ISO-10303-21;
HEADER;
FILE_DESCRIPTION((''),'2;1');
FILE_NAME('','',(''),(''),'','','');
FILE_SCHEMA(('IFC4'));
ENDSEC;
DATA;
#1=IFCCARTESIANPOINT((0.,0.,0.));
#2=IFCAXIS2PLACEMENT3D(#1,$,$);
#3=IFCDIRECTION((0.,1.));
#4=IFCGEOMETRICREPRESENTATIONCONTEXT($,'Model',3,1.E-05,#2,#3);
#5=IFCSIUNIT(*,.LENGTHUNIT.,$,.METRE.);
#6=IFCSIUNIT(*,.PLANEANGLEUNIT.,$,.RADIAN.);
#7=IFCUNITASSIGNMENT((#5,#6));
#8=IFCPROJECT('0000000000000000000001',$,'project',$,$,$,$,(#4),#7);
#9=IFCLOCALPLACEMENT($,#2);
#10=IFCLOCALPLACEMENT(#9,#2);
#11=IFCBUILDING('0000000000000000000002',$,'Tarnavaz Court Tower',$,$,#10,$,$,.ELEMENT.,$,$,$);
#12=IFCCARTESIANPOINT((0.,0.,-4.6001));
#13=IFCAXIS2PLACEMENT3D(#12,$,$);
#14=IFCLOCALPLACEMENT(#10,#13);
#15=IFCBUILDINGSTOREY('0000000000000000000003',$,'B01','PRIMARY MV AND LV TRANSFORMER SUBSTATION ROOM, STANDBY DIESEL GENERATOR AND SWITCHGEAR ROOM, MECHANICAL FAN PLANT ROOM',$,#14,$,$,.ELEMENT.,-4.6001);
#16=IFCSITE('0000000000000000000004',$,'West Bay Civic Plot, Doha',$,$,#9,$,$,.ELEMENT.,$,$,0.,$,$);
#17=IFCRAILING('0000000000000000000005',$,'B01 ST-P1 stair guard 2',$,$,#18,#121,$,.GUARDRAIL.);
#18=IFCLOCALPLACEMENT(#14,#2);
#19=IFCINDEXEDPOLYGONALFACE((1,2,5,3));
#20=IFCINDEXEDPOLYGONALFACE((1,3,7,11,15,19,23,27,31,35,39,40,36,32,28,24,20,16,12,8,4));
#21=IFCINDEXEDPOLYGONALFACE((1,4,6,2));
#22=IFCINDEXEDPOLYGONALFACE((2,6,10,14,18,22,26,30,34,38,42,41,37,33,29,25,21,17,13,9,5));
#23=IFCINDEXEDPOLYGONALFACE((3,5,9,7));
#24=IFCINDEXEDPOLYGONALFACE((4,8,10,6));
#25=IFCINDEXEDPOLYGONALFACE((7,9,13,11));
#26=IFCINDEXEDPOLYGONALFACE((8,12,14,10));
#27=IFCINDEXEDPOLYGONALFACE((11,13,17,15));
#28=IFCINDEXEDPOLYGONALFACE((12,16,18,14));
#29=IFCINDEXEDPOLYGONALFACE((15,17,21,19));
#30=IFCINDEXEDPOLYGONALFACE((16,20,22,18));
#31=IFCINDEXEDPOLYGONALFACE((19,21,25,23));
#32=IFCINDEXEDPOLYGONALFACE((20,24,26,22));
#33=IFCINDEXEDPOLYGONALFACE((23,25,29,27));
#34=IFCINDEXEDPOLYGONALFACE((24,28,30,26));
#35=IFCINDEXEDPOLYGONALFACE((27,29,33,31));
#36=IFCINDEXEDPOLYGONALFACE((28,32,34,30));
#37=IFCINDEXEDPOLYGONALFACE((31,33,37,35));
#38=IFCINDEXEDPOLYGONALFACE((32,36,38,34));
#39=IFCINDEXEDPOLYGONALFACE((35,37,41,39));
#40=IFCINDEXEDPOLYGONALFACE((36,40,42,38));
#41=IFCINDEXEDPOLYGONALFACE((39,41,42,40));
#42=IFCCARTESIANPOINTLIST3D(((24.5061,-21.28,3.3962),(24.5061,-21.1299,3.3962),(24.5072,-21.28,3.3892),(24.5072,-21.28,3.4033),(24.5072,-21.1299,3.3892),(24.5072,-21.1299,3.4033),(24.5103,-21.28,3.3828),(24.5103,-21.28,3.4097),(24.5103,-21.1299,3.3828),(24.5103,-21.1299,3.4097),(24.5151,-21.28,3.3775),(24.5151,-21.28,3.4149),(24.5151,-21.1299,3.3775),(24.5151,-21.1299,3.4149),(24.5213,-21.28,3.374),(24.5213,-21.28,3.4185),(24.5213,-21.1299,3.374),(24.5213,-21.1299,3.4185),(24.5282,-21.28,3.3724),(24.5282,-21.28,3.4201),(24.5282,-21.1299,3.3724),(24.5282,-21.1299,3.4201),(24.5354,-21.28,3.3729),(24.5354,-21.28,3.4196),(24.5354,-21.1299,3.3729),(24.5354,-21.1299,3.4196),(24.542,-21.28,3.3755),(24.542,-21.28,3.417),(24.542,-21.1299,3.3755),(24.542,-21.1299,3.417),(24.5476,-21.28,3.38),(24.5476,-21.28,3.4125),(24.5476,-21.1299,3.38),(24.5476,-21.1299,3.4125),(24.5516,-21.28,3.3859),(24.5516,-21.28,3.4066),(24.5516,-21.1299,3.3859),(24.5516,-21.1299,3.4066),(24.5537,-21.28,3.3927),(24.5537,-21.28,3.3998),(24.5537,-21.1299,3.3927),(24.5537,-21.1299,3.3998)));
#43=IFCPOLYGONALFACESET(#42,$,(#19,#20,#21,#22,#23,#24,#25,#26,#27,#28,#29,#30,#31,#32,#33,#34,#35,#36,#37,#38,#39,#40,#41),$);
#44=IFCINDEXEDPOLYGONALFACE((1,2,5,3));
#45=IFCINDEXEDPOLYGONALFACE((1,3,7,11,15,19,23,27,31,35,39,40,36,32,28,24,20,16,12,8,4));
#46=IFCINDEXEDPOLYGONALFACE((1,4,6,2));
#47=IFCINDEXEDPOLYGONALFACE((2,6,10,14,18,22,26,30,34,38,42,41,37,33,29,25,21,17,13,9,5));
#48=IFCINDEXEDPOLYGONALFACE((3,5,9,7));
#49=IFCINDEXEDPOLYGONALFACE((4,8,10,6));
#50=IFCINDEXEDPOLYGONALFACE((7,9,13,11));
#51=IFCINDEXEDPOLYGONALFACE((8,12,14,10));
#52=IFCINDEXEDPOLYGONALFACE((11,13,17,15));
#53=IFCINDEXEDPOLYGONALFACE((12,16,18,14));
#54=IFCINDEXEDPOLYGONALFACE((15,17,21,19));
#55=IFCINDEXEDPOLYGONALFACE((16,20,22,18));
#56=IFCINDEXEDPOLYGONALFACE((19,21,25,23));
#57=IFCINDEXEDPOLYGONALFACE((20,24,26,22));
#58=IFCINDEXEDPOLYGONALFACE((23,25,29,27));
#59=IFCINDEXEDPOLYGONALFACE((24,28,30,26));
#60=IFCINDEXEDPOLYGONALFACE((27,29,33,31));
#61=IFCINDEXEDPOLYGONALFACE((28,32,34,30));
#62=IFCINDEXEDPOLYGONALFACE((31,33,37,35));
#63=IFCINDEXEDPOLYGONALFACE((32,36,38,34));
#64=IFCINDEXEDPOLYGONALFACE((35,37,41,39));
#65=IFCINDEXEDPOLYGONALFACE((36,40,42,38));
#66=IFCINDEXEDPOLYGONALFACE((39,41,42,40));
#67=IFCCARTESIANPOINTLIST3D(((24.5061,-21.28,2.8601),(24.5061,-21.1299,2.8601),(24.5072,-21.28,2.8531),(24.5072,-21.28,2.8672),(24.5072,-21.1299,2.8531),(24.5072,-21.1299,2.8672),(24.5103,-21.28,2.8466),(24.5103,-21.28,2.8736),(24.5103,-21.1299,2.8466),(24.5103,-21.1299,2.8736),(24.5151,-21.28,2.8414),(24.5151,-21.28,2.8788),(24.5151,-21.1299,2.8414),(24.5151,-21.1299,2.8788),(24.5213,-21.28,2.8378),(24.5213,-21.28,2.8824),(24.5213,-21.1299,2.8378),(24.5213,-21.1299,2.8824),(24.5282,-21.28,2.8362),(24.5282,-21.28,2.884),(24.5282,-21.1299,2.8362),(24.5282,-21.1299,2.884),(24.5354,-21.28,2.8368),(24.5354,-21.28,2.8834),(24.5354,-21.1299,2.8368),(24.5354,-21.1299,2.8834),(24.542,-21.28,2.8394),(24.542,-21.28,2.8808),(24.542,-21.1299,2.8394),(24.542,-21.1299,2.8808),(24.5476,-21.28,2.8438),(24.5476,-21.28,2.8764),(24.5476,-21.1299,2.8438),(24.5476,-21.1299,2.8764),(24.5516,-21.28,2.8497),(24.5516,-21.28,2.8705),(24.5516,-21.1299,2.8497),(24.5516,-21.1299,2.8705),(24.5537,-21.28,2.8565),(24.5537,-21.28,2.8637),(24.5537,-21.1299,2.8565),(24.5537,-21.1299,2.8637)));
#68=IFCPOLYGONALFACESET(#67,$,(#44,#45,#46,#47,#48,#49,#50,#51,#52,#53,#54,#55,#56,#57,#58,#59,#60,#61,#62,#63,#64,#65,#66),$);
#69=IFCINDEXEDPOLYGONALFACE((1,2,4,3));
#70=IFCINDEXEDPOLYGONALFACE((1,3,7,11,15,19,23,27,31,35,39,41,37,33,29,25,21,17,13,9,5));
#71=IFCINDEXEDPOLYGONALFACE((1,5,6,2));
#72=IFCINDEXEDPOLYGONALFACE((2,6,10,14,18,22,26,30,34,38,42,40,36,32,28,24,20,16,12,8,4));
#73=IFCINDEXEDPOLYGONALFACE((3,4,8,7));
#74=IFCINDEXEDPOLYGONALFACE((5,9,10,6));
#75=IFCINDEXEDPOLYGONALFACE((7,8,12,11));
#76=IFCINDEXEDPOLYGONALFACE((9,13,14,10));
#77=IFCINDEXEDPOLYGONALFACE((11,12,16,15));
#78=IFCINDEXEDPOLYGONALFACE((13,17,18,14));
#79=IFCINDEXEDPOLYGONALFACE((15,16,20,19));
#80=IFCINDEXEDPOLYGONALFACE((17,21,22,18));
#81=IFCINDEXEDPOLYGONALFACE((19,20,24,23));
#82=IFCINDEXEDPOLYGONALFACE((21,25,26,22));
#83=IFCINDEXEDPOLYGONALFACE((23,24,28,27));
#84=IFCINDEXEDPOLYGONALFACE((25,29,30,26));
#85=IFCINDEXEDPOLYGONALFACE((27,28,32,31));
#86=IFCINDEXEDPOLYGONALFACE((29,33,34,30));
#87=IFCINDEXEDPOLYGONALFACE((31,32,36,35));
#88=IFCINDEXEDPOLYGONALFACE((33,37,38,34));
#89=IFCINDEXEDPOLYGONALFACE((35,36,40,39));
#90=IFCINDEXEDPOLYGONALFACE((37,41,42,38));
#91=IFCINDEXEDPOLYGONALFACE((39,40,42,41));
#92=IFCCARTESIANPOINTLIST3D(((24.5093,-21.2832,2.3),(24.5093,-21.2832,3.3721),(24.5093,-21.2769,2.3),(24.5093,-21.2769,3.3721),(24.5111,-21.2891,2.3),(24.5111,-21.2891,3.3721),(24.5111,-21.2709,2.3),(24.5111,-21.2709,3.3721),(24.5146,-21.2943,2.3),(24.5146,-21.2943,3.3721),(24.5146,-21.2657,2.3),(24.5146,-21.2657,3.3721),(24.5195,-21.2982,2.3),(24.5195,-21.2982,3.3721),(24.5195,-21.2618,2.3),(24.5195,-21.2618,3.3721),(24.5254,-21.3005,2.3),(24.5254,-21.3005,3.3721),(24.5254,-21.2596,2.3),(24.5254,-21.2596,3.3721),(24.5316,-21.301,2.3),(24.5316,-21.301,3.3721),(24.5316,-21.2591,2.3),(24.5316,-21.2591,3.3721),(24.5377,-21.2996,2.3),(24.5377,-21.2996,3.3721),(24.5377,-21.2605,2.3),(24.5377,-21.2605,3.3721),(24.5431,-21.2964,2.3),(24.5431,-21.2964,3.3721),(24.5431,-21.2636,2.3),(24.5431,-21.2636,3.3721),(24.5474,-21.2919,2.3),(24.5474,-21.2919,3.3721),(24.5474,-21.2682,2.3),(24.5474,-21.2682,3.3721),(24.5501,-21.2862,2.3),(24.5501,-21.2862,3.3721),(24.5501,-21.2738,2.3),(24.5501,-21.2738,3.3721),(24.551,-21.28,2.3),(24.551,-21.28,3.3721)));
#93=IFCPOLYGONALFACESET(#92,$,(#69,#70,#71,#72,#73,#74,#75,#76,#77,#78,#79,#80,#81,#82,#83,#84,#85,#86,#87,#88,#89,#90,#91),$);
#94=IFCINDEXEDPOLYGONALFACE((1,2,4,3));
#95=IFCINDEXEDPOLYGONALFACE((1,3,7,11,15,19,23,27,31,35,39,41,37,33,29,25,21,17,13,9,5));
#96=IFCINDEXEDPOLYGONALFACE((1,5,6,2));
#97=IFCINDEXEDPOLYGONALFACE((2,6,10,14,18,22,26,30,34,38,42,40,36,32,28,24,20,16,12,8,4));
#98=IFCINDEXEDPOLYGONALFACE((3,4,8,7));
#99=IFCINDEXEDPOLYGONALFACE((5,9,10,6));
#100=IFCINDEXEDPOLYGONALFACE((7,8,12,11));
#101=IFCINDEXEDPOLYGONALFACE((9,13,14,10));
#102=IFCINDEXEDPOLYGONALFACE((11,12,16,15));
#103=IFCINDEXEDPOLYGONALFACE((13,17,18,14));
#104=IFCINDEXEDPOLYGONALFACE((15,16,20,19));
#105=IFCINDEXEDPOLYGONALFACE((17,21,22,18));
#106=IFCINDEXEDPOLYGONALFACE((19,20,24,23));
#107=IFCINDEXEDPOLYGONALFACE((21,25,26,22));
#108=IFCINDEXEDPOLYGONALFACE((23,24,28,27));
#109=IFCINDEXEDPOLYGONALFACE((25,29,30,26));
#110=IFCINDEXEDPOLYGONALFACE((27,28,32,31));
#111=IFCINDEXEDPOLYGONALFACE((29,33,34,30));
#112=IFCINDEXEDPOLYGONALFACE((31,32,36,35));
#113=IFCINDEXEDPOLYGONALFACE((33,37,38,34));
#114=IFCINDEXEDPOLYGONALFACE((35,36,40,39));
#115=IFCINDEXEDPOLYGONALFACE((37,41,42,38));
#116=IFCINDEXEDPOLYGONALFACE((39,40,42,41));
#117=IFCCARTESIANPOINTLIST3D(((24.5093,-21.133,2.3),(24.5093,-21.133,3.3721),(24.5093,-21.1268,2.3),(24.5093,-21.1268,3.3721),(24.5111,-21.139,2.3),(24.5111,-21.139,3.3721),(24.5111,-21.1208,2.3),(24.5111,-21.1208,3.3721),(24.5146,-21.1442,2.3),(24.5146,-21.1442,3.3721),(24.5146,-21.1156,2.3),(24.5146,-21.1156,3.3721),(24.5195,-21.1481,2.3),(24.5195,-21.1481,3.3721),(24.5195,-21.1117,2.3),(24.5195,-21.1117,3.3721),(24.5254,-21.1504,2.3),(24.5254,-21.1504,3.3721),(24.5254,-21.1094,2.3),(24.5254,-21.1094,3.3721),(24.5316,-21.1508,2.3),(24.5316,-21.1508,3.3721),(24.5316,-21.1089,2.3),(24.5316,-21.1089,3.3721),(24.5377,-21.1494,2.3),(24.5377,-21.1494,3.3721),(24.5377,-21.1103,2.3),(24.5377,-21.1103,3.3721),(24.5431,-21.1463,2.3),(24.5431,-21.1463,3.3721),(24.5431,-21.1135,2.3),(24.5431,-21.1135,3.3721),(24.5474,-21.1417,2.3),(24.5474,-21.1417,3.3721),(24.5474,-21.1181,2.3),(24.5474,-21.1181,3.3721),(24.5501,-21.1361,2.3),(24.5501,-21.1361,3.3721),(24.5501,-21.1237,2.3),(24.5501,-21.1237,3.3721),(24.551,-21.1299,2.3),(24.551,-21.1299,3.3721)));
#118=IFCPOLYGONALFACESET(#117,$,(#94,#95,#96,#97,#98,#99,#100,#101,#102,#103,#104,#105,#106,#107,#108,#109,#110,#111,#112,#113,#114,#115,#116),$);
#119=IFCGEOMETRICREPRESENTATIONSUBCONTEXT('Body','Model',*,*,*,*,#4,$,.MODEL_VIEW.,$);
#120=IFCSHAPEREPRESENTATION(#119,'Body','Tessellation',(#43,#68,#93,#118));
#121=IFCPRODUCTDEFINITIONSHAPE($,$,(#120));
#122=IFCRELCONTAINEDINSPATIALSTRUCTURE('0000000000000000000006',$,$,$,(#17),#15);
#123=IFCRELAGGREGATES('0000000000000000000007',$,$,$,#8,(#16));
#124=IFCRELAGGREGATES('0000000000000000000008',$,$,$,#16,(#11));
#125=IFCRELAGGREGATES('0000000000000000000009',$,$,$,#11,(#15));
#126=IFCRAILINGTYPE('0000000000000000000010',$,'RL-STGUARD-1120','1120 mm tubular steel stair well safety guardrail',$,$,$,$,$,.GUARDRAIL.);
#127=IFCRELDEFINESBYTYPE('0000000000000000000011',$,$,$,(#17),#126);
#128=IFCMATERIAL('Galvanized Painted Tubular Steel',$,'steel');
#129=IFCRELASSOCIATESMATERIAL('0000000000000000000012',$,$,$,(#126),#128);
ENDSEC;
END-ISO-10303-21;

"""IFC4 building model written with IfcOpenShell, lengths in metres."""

from ifc_helpers import new_model, si_unit, direction, frame, origin, origin_2d, place, context, subcontext, project, spatial, circle, extrude, material, type_object, element, save


model = new_model("IFC4")

# Units and contexts
model_context = context("Model", 3, precision=1e-05, world=origin(), true_north=direction((0.0, 1.0)))
body_context = subcontext(model_context, "Body", "Model", "MODEL_VIEW")
ifc_project = project(units=[si_unit("LENGTHUNIT", "METRE"), si_unit("PLANEANGLEUNIT", "RADIAN")], contexts=[model_context])

# Site, building, storey
site_placement = place(None, origin())
site = spatial("IfcSite", under=ifc_project, at=site_placement, Name="West Bay Civic Plot, Doha", CompositionType="ELEMENT", RefElevation=0.0)
building_placement = place(site_placement, origin())
building = spatial("IfcBuilding", under=site, at=building_placement, Name="Tarnavaz Court Tower", CompositionType="ELEMENT")
storey_placement = place(building_placement, frame((0.0, 0.0, -4.6001)))
storey = spatial("IfcBuildingStorey", under=building, at=storey_placement, Name="B01", Description="PRIMARY MV AND LV TRANSFORMER SUBSTATION ROOM, STANDBY DIESEL GENERATOR AND SWITCHGEAR ROOM, MECHANICAL FAN PLANT ROOM", CompositionType="ELEMENT", Elevation=-4.6001)

# Railing
ifc_material_1 = material(Name="Galvanized Painted Tubular Steel", Category="steel")
railing_type_1 = type_object("IfcRailingType", Name="RL-STGUARD-1120", Description="1120 mm tubular steel stair well safety guardrail", PredefinedType="GUARDRAIL", material=ifc_material_1)
railing_1_placement = place(storey_placement, frame((24.53, -21.28, 2.3)))
element("IfcRailing", 1, at=railing_1_placement, inside=storey, type_object=railing_type_1, Name="B01 ST-P1 stair guard 2", PredefinedType="GUARDRAIL", context=body_context, shape_type="SweptSolid", body=[
    extrude(circle(Radius=0.0239, at=origin_2d()), frame((0.0, 0.0, 1.0962), z_axis=(0.0, 1.0, 0.0), x_axis=(-1.0, 0.0, 0.0)), (0.0, 0.0, 1.0), 0.1501),
    extrude(circle(Radius=0.0239, at=origin_2d()), frame((0.0, 0.0, 0.5601), z_axis=(0.0, 1.0, 0.0), x_axis=(-1.0, 0.0, 0.0)), (0.0, 0.0, 1.0), 0.1501),
    extrude(circle(Radius=0.021, at=origin_2d()), origin(), (0.0, 0.0, 1.0), 1.072),
    extrude(circle(Radius=0.021, at=origin_2d()), frame((0.0, 0.1501, 0.0)), (0.0, 0.0, 1.0), 1.072),
])

save(model, "model.ifc")
